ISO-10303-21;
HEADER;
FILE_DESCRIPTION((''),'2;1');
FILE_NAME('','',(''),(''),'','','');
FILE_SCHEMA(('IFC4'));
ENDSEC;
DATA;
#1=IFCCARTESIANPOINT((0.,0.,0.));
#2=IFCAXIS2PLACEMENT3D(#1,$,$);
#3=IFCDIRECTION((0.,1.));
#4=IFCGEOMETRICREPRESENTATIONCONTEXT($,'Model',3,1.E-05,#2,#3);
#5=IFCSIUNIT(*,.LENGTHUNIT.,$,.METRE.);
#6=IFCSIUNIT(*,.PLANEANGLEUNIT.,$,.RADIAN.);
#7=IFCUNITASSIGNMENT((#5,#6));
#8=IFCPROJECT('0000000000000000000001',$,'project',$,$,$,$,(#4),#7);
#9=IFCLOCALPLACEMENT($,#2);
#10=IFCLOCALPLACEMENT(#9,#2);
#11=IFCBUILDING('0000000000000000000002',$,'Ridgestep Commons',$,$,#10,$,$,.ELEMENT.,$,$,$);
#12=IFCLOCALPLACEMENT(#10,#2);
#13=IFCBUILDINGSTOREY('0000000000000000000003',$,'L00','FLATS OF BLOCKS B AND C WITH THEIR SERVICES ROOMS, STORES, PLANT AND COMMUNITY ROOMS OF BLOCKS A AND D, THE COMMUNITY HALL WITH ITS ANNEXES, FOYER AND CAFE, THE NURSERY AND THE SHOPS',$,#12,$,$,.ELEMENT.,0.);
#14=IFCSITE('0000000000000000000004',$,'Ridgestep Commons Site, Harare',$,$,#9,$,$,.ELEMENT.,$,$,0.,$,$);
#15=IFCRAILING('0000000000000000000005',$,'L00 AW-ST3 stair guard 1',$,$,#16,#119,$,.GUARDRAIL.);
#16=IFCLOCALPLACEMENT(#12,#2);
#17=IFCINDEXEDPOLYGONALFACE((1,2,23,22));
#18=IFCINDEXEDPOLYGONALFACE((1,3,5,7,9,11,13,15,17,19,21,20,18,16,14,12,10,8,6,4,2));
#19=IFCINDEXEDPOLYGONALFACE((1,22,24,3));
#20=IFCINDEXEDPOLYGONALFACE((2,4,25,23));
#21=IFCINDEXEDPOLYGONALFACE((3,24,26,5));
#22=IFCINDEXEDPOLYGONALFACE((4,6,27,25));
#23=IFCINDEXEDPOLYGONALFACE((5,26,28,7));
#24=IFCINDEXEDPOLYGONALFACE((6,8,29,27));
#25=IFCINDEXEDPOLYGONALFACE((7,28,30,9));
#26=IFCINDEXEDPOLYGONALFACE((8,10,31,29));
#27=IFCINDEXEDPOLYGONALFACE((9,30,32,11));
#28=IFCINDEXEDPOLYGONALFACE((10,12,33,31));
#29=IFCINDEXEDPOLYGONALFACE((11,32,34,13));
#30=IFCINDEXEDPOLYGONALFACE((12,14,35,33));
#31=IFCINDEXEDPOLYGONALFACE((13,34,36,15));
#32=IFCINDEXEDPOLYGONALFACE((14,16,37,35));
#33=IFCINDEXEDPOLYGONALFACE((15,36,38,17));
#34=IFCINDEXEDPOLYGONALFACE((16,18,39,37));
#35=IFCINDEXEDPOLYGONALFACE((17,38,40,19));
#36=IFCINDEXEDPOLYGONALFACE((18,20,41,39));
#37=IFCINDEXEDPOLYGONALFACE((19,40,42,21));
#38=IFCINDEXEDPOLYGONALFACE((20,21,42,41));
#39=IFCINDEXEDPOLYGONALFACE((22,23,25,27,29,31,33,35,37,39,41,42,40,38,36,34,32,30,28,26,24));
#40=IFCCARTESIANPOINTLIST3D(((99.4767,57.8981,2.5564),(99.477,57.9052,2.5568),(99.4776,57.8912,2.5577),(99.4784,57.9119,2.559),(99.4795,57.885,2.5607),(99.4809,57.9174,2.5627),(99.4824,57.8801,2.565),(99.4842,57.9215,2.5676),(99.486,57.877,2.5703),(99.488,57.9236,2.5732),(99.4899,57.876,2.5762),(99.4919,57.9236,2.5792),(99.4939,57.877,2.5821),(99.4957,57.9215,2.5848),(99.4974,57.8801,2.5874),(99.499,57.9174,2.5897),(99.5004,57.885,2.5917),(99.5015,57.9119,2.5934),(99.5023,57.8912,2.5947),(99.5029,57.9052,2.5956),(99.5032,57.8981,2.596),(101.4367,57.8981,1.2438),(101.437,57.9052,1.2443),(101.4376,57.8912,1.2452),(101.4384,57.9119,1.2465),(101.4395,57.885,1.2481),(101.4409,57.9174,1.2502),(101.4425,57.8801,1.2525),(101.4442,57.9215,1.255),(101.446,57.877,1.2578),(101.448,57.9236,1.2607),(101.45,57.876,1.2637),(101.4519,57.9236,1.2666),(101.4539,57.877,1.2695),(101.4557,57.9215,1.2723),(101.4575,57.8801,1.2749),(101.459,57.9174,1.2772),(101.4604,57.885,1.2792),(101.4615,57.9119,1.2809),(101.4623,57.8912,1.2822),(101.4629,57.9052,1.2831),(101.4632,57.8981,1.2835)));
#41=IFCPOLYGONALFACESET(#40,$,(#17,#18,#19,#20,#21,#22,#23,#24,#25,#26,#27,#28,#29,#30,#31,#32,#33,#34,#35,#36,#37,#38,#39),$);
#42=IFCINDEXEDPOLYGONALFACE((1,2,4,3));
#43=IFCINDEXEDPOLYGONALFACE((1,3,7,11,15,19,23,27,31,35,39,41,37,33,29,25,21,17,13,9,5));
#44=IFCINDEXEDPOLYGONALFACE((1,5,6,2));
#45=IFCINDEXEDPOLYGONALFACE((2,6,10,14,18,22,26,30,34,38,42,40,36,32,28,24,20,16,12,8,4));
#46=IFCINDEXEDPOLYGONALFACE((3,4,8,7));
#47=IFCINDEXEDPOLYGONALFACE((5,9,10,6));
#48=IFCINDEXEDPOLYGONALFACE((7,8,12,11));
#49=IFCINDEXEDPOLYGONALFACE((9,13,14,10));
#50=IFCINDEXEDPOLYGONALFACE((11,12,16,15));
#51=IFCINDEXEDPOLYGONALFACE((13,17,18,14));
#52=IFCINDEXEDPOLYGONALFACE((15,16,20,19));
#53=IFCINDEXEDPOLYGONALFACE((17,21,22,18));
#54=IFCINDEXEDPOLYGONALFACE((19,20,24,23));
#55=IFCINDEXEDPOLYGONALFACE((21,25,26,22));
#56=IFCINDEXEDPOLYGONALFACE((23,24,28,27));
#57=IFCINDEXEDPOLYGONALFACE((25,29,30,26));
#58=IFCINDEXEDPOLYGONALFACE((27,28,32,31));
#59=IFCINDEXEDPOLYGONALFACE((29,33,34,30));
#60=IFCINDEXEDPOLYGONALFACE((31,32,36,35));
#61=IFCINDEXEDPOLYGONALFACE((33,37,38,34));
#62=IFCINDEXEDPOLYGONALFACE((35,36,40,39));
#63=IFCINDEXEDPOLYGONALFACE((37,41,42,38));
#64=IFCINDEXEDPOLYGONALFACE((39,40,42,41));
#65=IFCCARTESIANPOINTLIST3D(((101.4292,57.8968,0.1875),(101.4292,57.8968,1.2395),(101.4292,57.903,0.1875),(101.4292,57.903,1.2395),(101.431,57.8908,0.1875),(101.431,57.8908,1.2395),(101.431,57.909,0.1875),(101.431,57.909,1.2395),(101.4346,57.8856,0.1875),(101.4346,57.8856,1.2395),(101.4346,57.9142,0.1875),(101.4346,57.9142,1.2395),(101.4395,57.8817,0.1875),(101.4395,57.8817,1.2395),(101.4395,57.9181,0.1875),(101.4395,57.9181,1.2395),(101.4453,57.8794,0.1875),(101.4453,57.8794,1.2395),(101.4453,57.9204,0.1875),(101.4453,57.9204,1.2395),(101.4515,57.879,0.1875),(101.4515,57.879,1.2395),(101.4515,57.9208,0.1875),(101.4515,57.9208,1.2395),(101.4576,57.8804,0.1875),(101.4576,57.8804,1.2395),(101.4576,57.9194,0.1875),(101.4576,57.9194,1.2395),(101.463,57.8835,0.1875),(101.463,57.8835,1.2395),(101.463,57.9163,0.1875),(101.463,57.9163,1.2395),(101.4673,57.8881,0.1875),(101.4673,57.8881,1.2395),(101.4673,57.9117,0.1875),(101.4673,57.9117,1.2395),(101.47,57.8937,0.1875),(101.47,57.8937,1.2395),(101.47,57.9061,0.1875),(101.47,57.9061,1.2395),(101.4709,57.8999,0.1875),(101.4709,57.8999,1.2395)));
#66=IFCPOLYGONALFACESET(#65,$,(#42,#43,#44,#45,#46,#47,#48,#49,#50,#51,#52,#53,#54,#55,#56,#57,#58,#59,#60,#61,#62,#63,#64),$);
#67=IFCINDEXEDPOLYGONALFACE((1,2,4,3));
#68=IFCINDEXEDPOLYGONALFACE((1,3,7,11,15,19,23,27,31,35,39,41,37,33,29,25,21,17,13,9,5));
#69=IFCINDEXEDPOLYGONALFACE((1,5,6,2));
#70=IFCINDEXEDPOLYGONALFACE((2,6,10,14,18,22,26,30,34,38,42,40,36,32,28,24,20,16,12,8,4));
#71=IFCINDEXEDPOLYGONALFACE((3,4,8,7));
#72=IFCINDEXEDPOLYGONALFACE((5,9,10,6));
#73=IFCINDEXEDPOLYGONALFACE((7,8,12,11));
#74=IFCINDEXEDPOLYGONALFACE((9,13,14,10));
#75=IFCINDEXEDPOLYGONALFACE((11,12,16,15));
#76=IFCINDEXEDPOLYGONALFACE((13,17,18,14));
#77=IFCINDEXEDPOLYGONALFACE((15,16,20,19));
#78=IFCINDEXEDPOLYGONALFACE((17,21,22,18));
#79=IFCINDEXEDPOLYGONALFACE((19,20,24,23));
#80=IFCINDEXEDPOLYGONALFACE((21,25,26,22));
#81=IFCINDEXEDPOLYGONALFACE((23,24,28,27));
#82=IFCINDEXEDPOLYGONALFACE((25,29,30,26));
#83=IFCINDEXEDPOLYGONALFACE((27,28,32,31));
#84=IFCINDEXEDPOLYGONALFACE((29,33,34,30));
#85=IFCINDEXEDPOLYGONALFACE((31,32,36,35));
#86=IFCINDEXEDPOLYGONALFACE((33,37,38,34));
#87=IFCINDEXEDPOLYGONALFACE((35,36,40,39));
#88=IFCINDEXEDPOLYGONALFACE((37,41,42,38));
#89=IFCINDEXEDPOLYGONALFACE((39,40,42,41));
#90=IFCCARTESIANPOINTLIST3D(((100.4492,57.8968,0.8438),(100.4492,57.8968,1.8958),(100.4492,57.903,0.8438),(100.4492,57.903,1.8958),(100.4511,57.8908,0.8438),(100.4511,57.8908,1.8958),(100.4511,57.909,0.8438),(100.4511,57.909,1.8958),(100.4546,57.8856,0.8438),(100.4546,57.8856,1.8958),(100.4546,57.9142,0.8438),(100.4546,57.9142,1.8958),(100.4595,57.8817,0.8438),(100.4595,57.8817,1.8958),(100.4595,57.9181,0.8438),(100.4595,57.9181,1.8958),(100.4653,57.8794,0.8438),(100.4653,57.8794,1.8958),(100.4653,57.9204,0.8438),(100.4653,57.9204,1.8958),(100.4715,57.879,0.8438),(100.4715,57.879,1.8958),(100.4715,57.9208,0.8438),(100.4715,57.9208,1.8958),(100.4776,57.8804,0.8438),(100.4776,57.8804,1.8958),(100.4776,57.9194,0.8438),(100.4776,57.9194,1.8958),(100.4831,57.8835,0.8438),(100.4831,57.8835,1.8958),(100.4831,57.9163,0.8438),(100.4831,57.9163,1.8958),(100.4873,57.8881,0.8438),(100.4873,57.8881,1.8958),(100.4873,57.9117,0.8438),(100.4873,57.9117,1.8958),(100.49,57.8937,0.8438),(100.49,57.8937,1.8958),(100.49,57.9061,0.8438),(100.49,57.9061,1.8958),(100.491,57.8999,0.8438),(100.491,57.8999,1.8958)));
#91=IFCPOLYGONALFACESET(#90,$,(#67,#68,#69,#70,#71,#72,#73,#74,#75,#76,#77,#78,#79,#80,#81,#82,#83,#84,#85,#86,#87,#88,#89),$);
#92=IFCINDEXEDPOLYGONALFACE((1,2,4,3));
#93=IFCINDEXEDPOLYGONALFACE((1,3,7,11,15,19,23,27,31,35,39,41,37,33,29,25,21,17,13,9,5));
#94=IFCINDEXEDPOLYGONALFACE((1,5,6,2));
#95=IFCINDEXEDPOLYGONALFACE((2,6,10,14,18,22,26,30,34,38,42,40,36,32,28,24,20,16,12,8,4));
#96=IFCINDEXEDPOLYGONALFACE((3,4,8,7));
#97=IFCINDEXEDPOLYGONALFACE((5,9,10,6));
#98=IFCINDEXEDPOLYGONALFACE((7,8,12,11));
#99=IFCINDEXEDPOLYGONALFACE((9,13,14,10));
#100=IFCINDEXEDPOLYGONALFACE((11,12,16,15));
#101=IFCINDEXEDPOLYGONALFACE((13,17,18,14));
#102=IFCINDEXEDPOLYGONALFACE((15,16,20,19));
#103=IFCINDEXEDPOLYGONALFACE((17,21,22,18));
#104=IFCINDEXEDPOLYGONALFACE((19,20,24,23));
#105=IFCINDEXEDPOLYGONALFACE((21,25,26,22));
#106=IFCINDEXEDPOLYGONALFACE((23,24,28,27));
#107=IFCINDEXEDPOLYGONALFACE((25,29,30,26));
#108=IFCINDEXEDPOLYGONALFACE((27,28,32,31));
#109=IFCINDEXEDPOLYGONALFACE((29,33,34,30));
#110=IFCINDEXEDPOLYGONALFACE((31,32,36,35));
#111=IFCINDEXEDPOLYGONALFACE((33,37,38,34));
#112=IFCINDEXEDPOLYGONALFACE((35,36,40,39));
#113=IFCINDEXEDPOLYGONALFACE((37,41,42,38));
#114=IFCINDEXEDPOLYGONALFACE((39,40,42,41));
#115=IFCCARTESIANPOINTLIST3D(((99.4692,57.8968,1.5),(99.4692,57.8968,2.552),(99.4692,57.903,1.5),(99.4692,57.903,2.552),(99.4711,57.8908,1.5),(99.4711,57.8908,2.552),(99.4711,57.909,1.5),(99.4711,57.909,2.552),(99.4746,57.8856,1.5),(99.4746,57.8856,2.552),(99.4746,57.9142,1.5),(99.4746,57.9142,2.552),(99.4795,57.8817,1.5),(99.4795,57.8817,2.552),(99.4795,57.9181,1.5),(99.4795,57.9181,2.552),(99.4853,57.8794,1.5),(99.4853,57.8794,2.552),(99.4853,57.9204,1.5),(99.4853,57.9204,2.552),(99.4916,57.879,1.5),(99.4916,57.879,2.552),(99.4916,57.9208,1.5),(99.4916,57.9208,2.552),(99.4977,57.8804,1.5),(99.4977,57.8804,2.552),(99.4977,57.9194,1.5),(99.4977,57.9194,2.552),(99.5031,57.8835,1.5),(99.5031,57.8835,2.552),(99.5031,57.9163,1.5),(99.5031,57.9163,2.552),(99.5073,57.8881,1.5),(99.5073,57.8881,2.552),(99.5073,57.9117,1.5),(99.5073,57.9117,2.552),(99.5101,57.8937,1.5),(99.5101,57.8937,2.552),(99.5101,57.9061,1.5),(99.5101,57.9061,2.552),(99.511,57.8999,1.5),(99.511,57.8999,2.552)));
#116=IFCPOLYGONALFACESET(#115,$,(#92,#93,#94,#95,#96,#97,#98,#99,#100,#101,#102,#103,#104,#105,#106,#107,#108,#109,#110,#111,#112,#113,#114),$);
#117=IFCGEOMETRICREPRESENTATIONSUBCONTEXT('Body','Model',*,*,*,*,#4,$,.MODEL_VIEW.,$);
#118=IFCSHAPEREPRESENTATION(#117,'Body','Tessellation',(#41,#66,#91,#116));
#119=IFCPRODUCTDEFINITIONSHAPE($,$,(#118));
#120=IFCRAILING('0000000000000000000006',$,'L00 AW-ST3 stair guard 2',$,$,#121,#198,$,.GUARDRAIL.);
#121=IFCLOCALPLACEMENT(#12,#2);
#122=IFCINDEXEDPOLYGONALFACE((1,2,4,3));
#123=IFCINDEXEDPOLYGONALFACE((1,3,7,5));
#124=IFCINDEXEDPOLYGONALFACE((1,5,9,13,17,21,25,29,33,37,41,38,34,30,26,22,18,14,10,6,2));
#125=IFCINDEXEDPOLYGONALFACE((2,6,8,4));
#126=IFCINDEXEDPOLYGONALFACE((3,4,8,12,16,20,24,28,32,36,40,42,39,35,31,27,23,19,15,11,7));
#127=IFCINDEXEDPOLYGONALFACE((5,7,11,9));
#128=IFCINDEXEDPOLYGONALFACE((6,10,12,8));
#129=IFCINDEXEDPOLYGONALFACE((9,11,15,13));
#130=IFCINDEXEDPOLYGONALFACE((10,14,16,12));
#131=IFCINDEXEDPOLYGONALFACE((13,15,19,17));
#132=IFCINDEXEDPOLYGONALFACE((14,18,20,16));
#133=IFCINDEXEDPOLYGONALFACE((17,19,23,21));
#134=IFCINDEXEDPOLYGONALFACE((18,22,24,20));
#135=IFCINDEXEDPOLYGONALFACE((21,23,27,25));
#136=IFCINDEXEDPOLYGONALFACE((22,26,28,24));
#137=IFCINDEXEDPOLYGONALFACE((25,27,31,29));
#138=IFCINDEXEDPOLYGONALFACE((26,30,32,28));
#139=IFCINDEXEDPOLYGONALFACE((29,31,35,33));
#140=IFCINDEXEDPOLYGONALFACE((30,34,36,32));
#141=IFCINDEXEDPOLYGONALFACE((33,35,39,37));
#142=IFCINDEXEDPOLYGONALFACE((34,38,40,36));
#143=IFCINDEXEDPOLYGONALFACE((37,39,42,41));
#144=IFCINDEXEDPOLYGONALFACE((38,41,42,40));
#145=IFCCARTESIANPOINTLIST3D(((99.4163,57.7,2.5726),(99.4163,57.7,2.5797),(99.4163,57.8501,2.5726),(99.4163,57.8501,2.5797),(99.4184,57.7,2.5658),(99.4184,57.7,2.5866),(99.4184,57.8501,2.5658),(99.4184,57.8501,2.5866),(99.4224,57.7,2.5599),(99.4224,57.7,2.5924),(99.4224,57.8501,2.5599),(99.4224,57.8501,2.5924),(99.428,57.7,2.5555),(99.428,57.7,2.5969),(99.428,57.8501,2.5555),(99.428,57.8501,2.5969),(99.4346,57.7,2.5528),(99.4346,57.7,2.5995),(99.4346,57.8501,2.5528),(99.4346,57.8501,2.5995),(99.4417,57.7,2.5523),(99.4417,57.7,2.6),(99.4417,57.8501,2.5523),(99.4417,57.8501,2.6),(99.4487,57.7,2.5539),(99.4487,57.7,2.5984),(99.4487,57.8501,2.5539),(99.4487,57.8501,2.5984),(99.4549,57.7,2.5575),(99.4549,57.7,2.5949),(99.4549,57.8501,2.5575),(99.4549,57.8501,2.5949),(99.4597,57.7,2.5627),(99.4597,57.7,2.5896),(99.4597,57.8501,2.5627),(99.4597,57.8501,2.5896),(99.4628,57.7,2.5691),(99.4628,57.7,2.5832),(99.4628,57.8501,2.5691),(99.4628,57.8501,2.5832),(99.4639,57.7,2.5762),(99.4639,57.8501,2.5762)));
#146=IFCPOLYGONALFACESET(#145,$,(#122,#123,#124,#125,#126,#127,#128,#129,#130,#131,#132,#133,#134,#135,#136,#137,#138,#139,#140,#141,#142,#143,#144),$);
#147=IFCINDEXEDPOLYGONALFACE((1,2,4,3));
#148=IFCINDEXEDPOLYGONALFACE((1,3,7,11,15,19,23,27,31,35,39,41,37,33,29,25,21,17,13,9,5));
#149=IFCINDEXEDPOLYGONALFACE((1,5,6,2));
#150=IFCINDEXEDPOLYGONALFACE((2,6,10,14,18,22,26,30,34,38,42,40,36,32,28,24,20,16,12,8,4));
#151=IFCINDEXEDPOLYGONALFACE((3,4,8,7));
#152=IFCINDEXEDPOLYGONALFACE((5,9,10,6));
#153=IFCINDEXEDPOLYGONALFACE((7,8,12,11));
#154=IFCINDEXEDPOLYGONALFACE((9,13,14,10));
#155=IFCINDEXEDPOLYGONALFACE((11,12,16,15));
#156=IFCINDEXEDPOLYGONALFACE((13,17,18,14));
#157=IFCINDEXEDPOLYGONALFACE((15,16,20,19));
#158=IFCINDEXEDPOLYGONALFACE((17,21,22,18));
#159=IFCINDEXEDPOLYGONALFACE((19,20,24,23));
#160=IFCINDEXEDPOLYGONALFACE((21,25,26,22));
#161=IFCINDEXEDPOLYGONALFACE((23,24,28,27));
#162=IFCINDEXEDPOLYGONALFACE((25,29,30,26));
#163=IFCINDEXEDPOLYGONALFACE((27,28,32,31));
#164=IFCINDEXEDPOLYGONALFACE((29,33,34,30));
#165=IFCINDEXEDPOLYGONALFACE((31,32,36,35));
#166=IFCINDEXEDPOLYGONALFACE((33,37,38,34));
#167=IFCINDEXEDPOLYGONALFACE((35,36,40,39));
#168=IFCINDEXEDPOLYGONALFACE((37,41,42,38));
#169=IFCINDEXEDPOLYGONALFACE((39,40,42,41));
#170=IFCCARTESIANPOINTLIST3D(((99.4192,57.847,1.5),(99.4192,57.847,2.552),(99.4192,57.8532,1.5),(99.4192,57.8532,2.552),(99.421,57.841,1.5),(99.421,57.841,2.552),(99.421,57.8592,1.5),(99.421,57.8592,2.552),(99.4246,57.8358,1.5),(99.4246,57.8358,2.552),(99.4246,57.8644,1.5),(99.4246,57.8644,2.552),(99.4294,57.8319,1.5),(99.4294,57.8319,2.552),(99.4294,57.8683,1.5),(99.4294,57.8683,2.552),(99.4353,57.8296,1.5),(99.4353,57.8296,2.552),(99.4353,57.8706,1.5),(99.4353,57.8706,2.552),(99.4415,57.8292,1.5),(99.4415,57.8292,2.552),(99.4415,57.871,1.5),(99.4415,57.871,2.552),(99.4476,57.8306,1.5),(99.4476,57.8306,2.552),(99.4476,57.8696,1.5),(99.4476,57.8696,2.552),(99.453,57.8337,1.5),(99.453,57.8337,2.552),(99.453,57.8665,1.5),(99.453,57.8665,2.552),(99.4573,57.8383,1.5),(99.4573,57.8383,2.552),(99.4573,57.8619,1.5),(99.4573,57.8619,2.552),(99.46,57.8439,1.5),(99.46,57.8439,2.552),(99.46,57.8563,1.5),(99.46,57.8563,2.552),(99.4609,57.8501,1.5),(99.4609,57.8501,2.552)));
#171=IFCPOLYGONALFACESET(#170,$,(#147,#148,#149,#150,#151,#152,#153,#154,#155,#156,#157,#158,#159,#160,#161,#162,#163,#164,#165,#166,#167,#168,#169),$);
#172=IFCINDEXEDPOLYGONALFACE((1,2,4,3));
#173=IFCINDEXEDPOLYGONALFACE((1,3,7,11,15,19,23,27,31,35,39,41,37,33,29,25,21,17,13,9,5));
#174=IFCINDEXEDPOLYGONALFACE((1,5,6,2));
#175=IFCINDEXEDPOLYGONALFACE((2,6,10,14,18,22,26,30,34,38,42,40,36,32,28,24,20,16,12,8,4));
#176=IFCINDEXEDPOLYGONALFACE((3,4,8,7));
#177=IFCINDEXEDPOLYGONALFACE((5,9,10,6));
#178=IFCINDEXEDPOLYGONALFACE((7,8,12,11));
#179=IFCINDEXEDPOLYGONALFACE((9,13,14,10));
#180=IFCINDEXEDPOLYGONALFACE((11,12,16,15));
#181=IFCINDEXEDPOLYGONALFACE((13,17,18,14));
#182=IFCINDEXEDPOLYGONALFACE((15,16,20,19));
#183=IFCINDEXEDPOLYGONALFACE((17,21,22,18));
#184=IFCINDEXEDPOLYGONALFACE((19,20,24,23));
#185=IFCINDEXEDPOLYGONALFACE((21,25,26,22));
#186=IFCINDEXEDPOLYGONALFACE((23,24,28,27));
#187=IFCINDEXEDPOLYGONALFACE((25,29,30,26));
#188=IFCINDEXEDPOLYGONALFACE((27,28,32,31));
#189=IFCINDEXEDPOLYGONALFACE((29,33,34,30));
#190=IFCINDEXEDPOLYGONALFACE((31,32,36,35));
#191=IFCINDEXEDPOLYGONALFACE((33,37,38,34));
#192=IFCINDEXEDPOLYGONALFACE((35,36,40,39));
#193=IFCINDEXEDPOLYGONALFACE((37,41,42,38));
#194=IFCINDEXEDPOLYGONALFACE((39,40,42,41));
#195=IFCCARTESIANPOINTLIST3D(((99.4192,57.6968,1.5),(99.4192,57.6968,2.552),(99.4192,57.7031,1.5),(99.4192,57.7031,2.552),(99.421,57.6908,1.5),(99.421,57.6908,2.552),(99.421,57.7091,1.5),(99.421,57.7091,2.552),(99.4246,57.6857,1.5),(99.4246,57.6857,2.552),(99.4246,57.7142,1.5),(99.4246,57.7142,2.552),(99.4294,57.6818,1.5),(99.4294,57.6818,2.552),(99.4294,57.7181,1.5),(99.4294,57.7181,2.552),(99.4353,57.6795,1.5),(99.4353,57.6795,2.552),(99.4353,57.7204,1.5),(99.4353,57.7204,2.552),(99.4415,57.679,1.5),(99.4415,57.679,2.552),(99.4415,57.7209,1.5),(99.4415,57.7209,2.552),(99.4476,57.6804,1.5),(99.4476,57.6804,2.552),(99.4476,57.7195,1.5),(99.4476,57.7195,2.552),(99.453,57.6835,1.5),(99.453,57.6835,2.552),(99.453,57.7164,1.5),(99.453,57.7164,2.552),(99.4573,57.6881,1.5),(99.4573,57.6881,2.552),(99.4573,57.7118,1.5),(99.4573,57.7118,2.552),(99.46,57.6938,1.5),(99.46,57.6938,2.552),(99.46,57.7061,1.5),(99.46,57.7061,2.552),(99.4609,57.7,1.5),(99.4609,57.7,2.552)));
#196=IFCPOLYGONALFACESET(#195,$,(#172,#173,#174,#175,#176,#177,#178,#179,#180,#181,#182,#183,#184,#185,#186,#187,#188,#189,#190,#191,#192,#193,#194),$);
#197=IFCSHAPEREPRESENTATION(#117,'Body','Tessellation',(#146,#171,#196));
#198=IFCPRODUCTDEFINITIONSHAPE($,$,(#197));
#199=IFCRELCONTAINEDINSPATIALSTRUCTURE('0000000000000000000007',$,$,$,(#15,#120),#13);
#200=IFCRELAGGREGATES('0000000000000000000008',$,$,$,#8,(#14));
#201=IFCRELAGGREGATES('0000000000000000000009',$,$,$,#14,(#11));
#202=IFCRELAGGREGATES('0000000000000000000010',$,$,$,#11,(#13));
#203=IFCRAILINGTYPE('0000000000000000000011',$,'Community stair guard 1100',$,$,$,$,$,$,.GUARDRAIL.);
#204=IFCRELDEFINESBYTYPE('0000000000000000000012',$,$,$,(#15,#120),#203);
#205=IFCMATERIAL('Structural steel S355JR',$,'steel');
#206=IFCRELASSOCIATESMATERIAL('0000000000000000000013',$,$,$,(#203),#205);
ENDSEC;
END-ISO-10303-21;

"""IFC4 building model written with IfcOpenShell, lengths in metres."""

from ifc_helpers import new_model, si_unit, direction, frame, origin, origin_2d, place, context, subcontext, project, spatial, circle, extrude, material, type_object, element, save


model = new_model("IFC4")

# Units and contexts
model_context = context("Model", 3, precision=1e-05, world=origin(), true_north=direction((0.0, 1.0)))
body_context = subcontext(model_context, "Body", "Model", "MODEL_VIEW")
ifc_project = project(units=[si_unit("LENGTHUNIT", "METRE"), si_unit("PLANEANGLEUNIT", "RADIAN")], contexts=[model_context])

# Site, building, storey
site_placement = place(None, origin())
site = spatial("IfcSite", under=ifc_project, at=site_placement, Name="Ridgestep Commons Site, Harare", CompositionType="ELEMENT", RefElevation=0.0)
building_placement = place(site_placement, origin())
building = spatial("IfcBuilding", under=site, at=building_placement, Name="Ridgestep Commons", CompositionType="ELEMENT")
storey_placement = place(building_placement, origin())
storey = spatial("IfcBuildingStorey", under=building, at=storey_placement, Name="L00", Description="FLATS OF BLOCKS B AND C WITH THEIR SERVICES ROOMS, STORES, PLANT AND COMMUNITY ROOMS OF BLOCKS A AND D, THE COMMUNITY HALL WITH ITS ANNEXES, FOYER AND CAFE, THE NURSERY AND THE SHOPS", CompositionType="ELEMENT", Elevation=0.0)

# Railings
ifc_material_1 = material(Name="Structural steel S355JR", Category="steel")
railing_type_1 = type_object("IfcRailingType", Name="Community stair guard 1100", PredefinedType="GUARDRAIL", material=ifc_material_1)
railing_1_placement = place(storey_placement, frame((101.45, 57.8999, 0.1875)))
element("IfcRailing", 1, at=railing_1_placement, inside=storey, type_object=railing_type_1, Name="L00 AW-ST3 stair guard 1", PredefinedType="GUARDRAIL", context=body_context, shape_type="SweptSolid", body=[
    extrude(circle(Radius=0.0239, at=origin_2d()), frame((0.0, 0.0, 1.0762), z_axis=(-0.830902, 0.0, 0.556419), x_axis=(0.0, -1.0, 0.0)), (0.0, 0.0, 1.0), 2.3589),
    extrude(circle(Radius=0.021, at=origin_2d()), origin(), (0.0, 0.0, 1.0), 1.052),
    extrude(circle(Radius=0.021, at=origin_2d()), frame((-0.98, 0.0, 0.6562)), (0.0, 0.0, 1.0), 1.052),
    extrude(circle(Radius=0.021, at=origin_2d()), frame((-1.96, 0.0, 1.3125)), (0.0, 0.0, 1.0), 1.052),
])
railing_2_placement = place(storey_placement, frame((99.4399, 57.8501, 1.5)))
element("IfcRailing", 2, at=railing_2_placement, inside=storey, type_object=railing_type_1, Name="L00 AW-ST3 stair guard 2", PredefinedType="GUARDRAIL", context=body_context, shape_type="SweptSolid", body=[
    extrude(circle(Radius=0.0239, at=origin_2d()), frame((0.0, 0.0, 1.0762), z_axis=(0.0, -1.0, 0.0), x_axis=(1.0, 0.0, 0.0)), (0.0, 0.0, 1.0), 0.1501),
    extrude(circle(Radius=0.021, at=origin_2d()), origin(), (0.0, 0.0, 1.0), 1.052),
    extrude(circle(Radius=0.021, at=origin_2d()), frame((0.0, -0.1501, 0.0)), (0.0, 0.0, 1.0), 1.052),
])

save(model, "model.ifc")
